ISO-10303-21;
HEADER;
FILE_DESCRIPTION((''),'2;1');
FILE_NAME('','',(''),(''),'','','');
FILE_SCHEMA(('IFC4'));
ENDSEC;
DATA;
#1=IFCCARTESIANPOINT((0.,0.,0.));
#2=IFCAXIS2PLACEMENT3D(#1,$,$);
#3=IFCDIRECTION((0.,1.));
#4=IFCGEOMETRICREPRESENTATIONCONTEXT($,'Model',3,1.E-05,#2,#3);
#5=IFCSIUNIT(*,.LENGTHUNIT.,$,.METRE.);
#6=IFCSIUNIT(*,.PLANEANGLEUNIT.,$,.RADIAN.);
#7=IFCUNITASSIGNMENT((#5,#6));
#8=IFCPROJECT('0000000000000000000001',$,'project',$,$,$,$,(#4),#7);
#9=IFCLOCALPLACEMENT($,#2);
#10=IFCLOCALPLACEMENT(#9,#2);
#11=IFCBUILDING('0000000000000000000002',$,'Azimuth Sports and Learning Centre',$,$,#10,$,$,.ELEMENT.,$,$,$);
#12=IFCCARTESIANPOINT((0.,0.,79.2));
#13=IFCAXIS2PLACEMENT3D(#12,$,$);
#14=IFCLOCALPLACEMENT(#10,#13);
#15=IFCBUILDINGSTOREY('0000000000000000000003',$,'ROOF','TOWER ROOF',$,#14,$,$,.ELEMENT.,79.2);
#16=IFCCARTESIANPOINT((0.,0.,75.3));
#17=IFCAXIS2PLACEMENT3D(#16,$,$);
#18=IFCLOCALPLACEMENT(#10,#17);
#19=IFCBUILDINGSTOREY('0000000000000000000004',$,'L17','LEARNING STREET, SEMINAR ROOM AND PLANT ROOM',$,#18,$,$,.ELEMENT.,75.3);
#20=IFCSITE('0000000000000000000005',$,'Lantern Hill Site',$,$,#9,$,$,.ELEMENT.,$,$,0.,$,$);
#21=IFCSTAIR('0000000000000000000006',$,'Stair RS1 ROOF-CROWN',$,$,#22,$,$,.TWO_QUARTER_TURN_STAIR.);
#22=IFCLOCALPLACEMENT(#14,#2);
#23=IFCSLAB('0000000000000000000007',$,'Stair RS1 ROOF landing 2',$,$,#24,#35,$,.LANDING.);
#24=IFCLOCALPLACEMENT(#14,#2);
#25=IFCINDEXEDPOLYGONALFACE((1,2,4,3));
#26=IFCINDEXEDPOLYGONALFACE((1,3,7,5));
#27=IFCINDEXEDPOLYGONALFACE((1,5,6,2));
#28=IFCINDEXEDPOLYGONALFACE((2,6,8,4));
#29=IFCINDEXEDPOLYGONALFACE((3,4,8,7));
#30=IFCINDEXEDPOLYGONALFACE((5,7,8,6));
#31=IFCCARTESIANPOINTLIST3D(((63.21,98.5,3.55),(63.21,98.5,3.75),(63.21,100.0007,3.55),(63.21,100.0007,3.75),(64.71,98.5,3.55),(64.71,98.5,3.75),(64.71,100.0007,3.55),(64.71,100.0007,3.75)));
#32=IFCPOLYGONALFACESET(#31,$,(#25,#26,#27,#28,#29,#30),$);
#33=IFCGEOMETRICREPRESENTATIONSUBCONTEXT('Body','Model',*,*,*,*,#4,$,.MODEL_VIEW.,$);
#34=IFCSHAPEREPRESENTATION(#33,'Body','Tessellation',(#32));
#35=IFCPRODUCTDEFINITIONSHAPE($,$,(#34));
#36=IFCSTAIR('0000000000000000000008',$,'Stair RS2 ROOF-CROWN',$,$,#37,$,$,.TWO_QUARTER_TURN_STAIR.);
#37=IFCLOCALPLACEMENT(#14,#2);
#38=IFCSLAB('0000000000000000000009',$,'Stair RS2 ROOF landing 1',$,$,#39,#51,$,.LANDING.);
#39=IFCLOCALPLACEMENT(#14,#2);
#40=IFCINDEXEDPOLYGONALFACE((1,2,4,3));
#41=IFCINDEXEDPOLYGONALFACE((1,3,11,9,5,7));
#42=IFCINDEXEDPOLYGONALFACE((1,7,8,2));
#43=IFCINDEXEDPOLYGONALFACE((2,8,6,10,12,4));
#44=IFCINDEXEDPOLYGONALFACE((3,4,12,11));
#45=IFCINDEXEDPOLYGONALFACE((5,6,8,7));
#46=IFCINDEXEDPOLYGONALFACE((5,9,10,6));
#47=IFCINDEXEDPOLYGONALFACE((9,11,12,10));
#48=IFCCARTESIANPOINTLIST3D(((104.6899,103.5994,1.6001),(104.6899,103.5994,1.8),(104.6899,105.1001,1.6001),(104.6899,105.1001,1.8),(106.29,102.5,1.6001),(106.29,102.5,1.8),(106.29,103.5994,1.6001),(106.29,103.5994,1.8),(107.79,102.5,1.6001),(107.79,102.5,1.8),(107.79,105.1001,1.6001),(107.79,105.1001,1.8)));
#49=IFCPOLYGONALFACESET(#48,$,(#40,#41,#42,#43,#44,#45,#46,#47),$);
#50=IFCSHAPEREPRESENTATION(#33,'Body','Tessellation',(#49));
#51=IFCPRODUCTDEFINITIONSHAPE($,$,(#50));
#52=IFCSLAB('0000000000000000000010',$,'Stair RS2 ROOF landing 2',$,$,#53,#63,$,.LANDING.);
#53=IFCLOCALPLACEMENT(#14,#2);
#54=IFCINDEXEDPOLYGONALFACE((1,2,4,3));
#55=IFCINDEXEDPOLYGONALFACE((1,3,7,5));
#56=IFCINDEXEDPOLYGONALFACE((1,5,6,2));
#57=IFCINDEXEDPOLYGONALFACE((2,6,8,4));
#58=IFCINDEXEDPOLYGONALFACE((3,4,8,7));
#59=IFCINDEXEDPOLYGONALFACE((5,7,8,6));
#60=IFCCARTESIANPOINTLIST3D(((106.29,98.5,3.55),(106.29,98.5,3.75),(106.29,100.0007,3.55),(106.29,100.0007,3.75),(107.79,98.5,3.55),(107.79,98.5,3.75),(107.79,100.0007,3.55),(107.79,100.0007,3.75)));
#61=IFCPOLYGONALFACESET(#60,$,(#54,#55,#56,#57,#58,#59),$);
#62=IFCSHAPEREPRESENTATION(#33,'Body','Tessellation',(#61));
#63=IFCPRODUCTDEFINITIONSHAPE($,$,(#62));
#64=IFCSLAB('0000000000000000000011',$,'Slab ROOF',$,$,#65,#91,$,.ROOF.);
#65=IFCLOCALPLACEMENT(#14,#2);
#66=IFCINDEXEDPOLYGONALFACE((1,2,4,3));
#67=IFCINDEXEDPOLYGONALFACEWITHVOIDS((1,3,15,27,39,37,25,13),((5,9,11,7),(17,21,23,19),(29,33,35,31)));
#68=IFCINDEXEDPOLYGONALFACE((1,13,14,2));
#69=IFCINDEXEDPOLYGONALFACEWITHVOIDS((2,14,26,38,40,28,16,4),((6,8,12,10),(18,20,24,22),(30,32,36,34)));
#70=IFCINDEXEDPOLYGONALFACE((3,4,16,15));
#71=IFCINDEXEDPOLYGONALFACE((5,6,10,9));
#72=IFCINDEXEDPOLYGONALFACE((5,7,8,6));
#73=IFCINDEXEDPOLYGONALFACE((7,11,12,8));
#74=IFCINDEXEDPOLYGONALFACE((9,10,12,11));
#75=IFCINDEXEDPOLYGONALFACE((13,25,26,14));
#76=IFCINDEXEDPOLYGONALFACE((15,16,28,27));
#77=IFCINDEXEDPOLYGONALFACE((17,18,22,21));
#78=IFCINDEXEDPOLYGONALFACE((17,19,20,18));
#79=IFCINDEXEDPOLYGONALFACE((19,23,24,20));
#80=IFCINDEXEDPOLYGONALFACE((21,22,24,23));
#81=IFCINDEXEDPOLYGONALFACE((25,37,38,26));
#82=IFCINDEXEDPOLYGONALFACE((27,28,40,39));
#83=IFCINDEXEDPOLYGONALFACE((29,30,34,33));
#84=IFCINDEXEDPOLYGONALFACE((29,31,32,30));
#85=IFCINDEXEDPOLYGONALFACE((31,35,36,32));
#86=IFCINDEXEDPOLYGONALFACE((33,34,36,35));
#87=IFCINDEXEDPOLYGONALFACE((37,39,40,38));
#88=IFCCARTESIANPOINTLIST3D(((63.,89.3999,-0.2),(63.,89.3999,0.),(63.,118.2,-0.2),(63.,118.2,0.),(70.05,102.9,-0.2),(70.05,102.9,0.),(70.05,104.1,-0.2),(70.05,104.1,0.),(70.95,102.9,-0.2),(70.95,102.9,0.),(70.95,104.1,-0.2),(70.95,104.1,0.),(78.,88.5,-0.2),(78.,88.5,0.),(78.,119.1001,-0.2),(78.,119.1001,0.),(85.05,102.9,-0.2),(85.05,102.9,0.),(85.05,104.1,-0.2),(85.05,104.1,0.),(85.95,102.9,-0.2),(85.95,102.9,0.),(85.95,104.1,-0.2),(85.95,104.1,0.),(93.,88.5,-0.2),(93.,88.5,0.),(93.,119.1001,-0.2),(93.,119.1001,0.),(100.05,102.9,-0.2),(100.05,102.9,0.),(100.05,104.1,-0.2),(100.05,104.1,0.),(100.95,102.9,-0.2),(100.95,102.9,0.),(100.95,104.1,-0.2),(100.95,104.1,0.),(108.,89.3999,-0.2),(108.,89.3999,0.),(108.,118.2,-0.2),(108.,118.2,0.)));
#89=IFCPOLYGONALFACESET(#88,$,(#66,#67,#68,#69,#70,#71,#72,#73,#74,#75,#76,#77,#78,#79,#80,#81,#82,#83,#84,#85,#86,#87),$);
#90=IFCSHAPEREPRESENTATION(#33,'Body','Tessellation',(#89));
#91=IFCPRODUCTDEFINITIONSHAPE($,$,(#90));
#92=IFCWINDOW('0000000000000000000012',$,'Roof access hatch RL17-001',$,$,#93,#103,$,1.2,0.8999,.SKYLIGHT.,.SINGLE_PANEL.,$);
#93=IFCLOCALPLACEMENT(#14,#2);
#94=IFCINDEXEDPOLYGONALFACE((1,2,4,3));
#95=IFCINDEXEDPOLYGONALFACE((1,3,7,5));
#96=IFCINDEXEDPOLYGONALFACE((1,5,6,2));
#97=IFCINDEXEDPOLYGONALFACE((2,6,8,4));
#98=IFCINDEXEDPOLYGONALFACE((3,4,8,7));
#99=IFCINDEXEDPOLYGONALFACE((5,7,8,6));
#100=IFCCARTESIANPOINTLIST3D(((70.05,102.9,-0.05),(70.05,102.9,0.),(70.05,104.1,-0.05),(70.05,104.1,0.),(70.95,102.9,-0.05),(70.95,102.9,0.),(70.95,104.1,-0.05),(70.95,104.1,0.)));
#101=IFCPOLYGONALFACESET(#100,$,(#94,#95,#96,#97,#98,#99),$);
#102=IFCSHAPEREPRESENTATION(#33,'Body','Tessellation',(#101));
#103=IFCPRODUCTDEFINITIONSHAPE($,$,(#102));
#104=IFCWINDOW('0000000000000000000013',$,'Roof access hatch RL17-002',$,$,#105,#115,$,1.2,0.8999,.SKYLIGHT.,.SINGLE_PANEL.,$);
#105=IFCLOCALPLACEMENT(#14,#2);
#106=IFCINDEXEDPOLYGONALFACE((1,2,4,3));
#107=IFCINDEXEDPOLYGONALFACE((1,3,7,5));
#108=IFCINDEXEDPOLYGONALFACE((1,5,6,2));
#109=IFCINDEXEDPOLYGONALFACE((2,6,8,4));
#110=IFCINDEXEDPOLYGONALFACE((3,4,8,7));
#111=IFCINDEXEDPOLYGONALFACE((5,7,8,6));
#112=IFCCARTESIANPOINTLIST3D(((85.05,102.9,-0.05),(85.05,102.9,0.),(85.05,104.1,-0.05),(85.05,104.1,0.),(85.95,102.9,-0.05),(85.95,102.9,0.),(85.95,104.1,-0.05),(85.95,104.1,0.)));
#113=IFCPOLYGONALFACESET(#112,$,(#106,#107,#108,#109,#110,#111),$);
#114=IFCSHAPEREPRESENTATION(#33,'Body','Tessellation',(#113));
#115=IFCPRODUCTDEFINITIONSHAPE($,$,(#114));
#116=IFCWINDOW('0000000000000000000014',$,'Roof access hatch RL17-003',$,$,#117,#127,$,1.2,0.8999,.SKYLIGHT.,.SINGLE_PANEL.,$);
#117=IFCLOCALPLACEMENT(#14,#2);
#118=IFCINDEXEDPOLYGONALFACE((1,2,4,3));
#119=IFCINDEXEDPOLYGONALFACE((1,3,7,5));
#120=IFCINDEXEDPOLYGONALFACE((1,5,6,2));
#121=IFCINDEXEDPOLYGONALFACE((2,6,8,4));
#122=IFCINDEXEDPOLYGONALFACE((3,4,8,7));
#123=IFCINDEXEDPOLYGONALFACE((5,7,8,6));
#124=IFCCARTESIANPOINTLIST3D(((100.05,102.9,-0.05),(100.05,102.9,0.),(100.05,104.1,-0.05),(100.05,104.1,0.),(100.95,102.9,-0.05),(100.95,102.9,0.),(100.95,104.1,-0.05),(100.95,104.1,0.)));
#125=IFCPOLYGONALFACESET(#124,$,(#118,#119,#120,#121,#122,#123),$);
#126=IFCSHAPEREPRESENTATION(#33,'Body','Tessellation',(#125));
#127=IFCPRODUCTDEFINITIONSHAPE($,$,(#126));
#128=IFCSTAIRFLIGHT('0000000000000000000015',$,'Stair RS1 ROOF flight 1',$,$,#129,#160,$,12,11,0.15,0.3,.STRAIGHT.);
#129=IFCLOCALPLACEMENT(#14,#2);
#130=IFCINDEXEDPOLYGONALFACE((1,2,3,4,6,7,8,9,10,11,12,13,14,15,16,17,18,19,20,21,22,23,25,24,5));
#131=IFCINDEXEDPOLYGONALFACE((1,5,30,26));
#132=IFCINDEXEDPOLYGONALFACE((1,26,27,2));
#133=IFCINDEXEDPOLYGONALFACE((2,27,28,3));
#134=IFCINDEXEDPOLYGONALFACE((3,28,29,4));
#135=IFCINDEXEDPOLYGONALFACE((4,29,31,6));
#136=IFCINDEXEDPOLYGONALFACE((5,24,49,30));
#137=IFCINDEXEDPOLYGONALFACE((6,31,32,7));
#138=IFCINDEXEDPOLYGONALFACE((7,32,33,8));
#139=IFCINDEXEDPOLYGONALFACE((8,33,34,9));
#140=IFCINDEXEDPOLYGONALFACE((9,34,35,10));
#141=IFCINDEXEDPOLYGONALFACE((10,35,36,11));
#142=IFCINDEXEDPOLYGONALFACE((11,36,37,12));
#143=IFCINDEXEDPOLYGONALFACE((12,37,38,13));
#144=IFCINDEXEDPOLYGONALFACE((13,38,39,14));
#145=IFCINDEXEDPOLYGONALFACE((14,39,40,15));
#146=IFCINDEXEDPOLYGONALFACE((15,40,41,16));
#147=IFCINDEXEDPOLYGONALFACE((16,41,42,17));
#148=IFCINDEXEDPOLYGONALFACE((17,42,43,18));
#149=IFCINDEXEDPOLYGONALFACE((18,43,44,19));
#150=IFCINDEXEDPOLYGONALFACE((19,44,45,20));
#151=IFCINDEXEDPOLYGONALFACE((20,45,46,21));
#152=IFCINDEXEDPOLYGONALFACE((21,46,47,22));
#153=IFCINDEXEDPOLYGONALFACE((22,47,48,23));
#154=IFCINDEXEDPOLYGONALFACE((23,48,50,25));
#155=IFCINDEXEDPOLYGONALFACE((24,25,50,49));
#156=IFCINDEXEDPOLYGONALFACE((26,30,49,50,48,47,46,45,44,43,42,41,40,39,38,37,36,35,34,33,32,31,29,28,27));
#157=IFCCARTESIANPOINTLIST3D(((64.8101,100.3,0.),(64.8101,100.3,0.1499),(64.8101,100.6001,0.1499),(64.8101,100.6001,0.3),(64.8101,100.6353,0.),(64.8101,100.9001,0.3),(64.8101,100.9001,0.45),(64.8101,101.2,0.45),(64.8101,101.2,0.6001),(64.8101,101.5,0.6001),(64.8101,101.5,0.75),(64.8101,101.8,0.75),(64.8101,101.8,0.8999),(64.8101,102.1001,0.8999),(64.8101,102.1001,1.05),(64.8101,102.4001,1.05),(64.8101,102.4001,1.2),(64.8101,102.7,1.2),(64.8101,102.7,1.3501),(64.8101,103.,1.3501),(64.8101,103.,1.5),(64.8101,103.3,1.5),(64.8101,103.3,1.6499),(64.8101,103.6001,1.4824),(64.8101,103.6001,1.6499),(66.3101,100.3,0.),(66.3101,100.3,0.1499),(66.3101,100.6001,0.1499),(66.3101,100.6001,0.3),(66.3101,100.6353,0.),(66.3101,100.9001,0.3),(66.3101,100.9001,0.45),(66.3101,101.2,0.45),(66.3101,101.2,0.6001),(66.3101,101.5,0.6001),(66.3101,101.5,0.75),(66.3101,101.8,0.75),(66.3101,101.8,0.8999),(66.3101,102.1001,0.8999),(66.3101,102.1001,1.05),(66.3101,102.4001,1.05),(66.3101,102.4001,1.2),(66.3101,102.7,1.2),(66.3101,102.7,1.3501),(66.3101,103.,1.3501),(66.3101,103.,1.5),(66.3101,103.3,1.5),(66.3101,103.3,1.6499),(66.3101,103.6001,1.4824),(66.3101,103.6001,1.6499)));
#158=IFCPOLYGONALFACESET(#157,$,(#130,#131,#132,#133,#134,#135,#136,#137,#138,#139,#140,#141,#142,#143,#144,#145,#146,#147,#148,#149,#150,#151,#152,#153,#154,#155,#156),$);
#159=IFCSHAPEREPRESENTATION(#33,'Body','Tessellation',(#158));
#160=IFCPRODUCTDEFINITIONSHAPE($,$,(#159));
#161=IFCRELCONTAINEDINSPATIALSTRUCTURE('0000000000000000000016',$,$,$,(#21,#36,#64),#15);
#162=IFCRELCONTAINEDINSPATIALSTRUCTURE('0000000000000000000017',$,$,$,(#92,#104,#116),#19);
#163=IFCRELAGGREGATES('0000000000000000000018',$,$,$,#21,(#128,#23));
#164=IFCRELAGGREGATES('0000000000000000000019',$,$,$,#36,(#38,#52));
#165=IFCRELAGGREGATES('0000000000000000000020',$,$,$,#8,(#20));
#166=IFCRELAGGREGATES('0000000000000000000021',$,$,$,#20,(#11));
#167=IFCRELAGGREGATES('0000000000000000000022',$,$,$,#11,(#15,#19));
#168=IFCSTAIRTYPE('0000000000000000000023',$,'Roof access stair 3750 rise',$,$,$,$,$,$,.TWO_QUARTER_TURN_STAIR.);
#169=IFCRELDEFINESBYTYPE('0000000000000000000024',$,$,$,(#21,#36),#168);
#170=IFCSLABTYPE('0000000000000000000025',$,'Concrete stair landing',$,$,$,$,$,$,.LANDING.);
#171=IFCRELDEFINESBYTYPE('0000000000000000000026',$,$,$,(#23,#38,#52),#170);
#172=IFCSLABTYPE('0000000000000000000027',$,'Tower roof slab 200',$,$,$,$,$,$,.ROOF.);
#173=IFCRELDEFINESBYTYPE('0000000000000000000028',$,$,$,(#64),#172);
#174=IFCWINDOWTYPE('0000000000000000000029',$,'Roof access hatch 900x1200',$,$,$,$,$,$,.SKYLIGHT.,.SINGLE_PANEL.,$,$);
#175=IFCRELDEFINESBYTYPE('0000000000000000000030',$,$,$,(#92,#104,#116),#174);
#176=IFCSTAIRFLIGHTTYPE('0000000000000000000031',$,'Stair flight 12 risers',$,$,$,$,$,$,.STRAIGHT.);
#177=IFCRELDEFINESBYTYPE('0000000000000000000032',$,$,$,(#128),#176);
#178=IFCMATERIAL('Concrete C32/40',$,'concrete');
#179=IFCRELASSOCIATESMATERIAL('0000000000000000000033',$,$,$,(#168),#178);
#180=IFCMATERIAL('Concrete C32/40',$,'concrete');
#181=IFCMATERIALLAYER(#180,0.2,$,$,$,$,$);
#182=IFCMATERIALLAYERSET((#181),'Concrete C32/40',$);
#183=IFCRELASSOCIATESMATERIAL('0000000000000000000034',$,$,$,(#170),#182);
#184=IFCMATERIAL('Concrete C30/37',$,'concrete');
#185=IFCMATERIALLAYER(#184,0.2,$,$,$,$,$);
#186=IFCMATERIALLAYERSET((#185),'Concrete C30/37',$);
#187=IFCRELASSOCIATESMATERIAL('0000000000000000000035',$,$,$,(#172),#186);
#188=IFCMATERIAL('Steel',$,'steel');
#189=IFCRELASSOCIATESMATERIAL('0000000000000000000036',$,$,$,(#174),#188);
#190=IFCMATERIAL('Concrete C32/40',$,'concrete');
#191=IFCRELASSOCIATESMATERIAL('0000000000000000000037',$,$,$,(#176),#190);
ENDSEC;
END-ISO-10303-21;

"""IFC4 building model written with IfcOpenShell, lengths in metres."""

from ifc_helpers import new_model, si_unit, direction, frame, origin, origin_2d, place, context, subcontext, project, spatial, polyline, rectangle, outline, extrude, material, layer, layer_set, type_object, element, fill, aggregate, save


model = new_model("IFC4")

# Units and contexts
model_context = context("Model", 3, precision=1e-05, world=origin(), true_north=direction((0.0, 1.0)))
body_context = subcontext(model_context, "Body", "Model", "MODEL_VIEW")
ifc_project = project(units=[si_unit("LENGTHUNIT", "METRE"), si_unit("PLANEANGLEUNIT", "RADIAN")], contexts=[model_context])

# Site, building, storey
site_placement = place(None, origin())
site = spatial("IfcSite", under=ifc_project, at=site_placement, Name="Lantern Hill Site", CompositionType="ELEMENT", RefElevation=0.0)
building_placement = place(site_placement, origin())
building = spatial("IfcBuilding", under=site, at=building_placement, Name="Azimuth Sports and Learning Centre", CompositionType="ELEMENT")
storey_1_placement = place(building_placement, frame((0.0, 0.0, 79.2)))
storey_1 = spatial("IfcBuildingStorey", under=building, at=storey_1_placement, Name="ROOF", Description="TOWER ROOF", CompositionType="ELEMENT", Elevation=79.2)

# Stairs, slabs
ifc_material_1 = material(Name="Concrete C32/40", Category="concrete")
stair_type = type_object("IfcStairType", Name="Roof access stair 3750 rise", PredefinedType="TWO_QUARTER_TURN_STAIR", material=ifc_material_1)
stair_1_placement = place(storey_1_placement, origin())
stair_1 = element("IfcStair", 1, at=stair_1_placement, inside=storey_1, type_object=stair_type, Name="Stair RS1 ROOF-CROWN", PredefinedType="TWO_QUARTER_TURN_STAIR")
ifc_material_2 = material(Name="Concrete C32/40", Category="concrete")
ifc_layer_1 = layer(ifc_material_2, 0.2)
ifc_layer_set_1 = layer_set([ifc_layer_1], Name="Concrete C32/40")
slab_type_1 = type_object("IfcSlabType", Name="Concrete stair landing", PredefinedType="LANDING", material=ifc_layer_set_1)
slab_1_placement = place(storey_1_placement, frame((0.0, 0.0, 3.55)))
slab_1 = element("IfcSlab", 2, at=slab_1_placement, type_object=slab_type_1, Name="Stair RS1 ROOF landing 2", PredefinedType="LANDING", context=body_context, shape_type="SweptSolid", body=[
    extrude(outline(polyline([(63.21, 98.5), (64.71, 98.5), (64.71, 100.0007), (63.21, 100.0007), (63.21, 98.5)])), origin(), (0.0, 0.0, 1.0), 0.2),
])
stair_2_placement = place(storey_1_placement, origin())
stair_2 = element("IfcStair", 3, at=stair_2_placement, inside=storey_1, type_object=stair_type, Name="Stair RS2 ROOF-CROWN", PredefinedType="TWO_QUARTER_TURN_STAIR")
slab_2_placement = place(storey_1_placement, frame((0.0, 0.0, 1.6001)))
slab_2 = element("IfcSlab", 4, at=slab_2_placement, type_object=slab_type_1, Name="Stair RS2 ROOF landing 1", PredefinedType="LANDING", context=body_context, shape_type="SweptSolid", body=[
    extrude(outline(polyline([(107.79, 105.1001), (104.6899, 105.1001), (104.6899, 103.5994), (106.29, 103.5994), (106.29, 102.5), (107.79, 102.5), (107.79, 105.1001)])), origin(), (0.0, 0.0, 1.0), 0.2),
])
slab_3_placement = place(storey_1_placement, frame((0.0, 0.0, 3.55)))
slab_3 = element("IfcSlab", 5, at=slab_3_placement, type_object=slab_type_1, Name="Stair RS2 ROOF landing 2", PredefinedType="LANDING", context=body_context, shape_type="SweptSolid", body=[
    extrude(outline(polyline([(107.79, 100.0007), (106.29, 100.0007), (106.29, 98.5), (107.79, 98.5), (107.79, 100.0007)])), origin(), (0.0, 0.0, 1.0), 0.2),
])

# Slab, openings
ifc_material_3 = material(Name="Concrete C30/37", Category="concrete")
ifc_layer_2 = layer(ifc_material_3, 0.2)
ifc_layer_set_2 = layer_set([ifc_layer_2], Name="Concrete C30/37")
slab_type_2 = type_object("IfcSlabType", Name="Tower roof slab 200", PredefinedType="ROOF", material=ifc_layer_set_2)
slab_4_placement = place(storey_1_placement, frame((0.0, 0.0, -0.2)))
slab_4 = element("IfcSlab", 6, at=slab_4_placement, inside=storey_1, type_object=slab_type_2, Name="Slab ROOF", PredefinedType="ROOF", context=body_context, shape_type="SweptSolid", body=[
    extrude(outline(polyline([(78.0, 88.5), (93.0, 88.5), (108.0, 89.3999), (108.0, 118.2), (93.0, 119.1001), (78.0, 119.1001), (63.0, 118.2), (63.0, 89.3999), (78.0, 88.5)])), origin(), (0.0, 0.0, 1.0), 0.2),
])
opening_1_placement = place(slab_4_placement, frame((70.5, 103.5, 0.0)))
opening_1 = element("IfcOpeningElement", 7, at=opening_1_placement, cuts=slab_4, PredefinedType="OPENING", context=body_context, shape_type="SweptSolid", body=[
    extrude(rectangle(XDim=0.8999, YDim=1.2, at=origin_2d()), frame((0.0, 0.0, -0.011)), (0.0, 0.0, 1.0), 0.2219),
])
opening_2_placement = place(slab_4_placement, frame((85.5, 103.5, 0.0)))
opening_2 = element("IfcOpeningElement", 8, at=opening_2_placement, cuts=slab_4, PredefinedType="OPENING", context=body_context, shape_type="SweptSolid", body=[
    extrude(rectangle(XDim=0.8999, YDim=1.2, at=origin_2d()), frame((0.0, 0.0, -0.011)), (0.0, 0.0, 1.0), 0.2219),
])
opening_3_placement = place(slab_4_placement, frame((100.5, 103.5, 0.0)))
opening_3 = element("IfcOpeningElement", 9, at=opening_3_placement, cuts=slab_4, PredefinedType="OPENING", context=body_context, shape_type="SweptSolid", body=[
    extrude(rectangle(XDim=0.8999, YDim=1.2, at=origin_2d()), frame((0.0, 0.0, -0.011)), (0.0, 0.0, 1.0), 0.2219),
])

# Shared definitions
storey_2_placement = place(building_placement, frame((0.0, 0.0, 75.3)))
storey_2 = spatial("IfcBuildingStorey", under=building, at=storey_2_placement, Name="L17", Description="LEARNING STREET, SEMINAR ROOM AND PLANT ROOM", CompositionType="ELEMENT", Elevation=75.3)

# Windows
ifc_material_4 = material(Name="Steel", Category="steel")
window_type = type_object("IfcWindowType", Name="Roof access hatch 900x1200", PartitioningType="SINGLE_PANEL", PredefinedType="SKYLIGHT", material=ifc_material_4)
window_1_placement = place(opening_1_placement, frame((0.0, 0.0, 0.1499)))
window_1 = element("IfcWindow", 10, at=window_1_placement, inside=storey_2, type_object=window_type, Name="Roof access hatch RL17-001", OverallHeight=1.2, OverallWidth=0.8999, PartitioningType="SINGLE_PANEL", PredefinedType="SKYLIGHT", context=body_context, shape_type="SweptSolid", body=[
    extrude(rectangle(XDim=0.8999, YDim=1.2, at=origin_2d()), origin(), (0.0, 0.0, 1.0), 0.05),
])
fill(opening_1, window_1)
window_2_placement = place(opening_2_placement, frame((0.0, 0.0, 0.1499)))
window_2 = element("IfcWindow", 11, at=window_2_placement, inside=storey_2, type_object=window_type, Name="Roof access hatch RL17-002", OverallHeight=1.2, OverallWidth=0.8999, PartitioningType="SINGLE_PANEL", PredefinedType="SKYLIGHT", context=body_context, shape_type="SweptSolid", body=[
    extrude(rectangle(XDim=0.8999, YDim=1.2, at=origin_2d()), origin(), (0.0, 0.0, 1.0), 0.05),
])
fill(opening_2, window_2)
window_3_placement = place(opening_3_placement, frame((0.0, 0.0, 0.1499)))
window_3 = element("IfcWindow", 12, at=window_3_placement, inside=storey_2, type_object=window_type, Name="Roof access hatch RL17-003", OverallHeight=1.2, OverallWidth=0.8999, PartitioningType="SINGLE_PANEL", PredefinedType="SKYLIGHT", context=body_context, shape_type="SweptSolid", body=[
    extrude(rectangle(XDim=0.8999, YDim=1.2, at=origin_2d()), origin(), (0.0, 0.0, 1.0), 0.05),
])
fill(opening_3, window_3)

# Stair flight
ifc_material_5 = material(Name="Concrete C32/40", Category="concrete")
stair_flight_type_1 = type_object("IfcStairFlightType", Name="Stair flight 12 risers", PredefinedType="STRAIGHT", material=ifc_material_5)
stair_flight_1_placement = place(storey_1_placement, frame((65.5601, 100.3, 0.0), z_axis=(0.0, 0.0, 1.0), x_axis=(0.0, 1.0, 0.0)))
stair_flight_1 = element("IfcStairFlight", 13, at=stair_flight_1_placement, type_object=stair_flight_type_1, Name="Stair RS1 ROOF flight 1", NumberOfRisers=12, NumberOfTreads=11, PredefinedType="STRAIGHT", RiserHeight=0.15, TreadLength=0.3, context=body_context, shape_type="SweptSolid", body=[
    extrude(outline(polyline([(0.0, 0.0), (0.0, 0.1499), (0.3, 0.1499), (0.3, 0.3), (0.6001, 0.3), (0.6001, 0.45), (0.8999, 0.45), (0.8999, 0.6001), (1.2, 0.6001), (1.2, 0.75), (1.5, 0.75), (1.5, 0.8999), (1.8, 0.8999), (1.8, 1.05), (2.1001, 1.05), (2.1001, 1.2), (2.3999, 1.2), (2.3999, 1.3501), (2.7, 1.3501), (2.7, 1.5), (3.0, 1.5), (3.0, 1.6499), (3.3, 1.6499), (3.3, 1.8), (3.3, 1.4824), (0.3352, 0.0), (0.0, 0.0)])), frame((0.0, 0.75, 0.0), z_axis=(0.0, -1.0, 0.0), x_axis=(1.0, 0.0, 0.0)), (0.0, 0.0, 1.0), 1.5),
])
aggregate(stair_1, [stair_flight_1, slab_1])
aggregate(stair_2, [slab_2, slab_3])

save(model, "model.ifc")
